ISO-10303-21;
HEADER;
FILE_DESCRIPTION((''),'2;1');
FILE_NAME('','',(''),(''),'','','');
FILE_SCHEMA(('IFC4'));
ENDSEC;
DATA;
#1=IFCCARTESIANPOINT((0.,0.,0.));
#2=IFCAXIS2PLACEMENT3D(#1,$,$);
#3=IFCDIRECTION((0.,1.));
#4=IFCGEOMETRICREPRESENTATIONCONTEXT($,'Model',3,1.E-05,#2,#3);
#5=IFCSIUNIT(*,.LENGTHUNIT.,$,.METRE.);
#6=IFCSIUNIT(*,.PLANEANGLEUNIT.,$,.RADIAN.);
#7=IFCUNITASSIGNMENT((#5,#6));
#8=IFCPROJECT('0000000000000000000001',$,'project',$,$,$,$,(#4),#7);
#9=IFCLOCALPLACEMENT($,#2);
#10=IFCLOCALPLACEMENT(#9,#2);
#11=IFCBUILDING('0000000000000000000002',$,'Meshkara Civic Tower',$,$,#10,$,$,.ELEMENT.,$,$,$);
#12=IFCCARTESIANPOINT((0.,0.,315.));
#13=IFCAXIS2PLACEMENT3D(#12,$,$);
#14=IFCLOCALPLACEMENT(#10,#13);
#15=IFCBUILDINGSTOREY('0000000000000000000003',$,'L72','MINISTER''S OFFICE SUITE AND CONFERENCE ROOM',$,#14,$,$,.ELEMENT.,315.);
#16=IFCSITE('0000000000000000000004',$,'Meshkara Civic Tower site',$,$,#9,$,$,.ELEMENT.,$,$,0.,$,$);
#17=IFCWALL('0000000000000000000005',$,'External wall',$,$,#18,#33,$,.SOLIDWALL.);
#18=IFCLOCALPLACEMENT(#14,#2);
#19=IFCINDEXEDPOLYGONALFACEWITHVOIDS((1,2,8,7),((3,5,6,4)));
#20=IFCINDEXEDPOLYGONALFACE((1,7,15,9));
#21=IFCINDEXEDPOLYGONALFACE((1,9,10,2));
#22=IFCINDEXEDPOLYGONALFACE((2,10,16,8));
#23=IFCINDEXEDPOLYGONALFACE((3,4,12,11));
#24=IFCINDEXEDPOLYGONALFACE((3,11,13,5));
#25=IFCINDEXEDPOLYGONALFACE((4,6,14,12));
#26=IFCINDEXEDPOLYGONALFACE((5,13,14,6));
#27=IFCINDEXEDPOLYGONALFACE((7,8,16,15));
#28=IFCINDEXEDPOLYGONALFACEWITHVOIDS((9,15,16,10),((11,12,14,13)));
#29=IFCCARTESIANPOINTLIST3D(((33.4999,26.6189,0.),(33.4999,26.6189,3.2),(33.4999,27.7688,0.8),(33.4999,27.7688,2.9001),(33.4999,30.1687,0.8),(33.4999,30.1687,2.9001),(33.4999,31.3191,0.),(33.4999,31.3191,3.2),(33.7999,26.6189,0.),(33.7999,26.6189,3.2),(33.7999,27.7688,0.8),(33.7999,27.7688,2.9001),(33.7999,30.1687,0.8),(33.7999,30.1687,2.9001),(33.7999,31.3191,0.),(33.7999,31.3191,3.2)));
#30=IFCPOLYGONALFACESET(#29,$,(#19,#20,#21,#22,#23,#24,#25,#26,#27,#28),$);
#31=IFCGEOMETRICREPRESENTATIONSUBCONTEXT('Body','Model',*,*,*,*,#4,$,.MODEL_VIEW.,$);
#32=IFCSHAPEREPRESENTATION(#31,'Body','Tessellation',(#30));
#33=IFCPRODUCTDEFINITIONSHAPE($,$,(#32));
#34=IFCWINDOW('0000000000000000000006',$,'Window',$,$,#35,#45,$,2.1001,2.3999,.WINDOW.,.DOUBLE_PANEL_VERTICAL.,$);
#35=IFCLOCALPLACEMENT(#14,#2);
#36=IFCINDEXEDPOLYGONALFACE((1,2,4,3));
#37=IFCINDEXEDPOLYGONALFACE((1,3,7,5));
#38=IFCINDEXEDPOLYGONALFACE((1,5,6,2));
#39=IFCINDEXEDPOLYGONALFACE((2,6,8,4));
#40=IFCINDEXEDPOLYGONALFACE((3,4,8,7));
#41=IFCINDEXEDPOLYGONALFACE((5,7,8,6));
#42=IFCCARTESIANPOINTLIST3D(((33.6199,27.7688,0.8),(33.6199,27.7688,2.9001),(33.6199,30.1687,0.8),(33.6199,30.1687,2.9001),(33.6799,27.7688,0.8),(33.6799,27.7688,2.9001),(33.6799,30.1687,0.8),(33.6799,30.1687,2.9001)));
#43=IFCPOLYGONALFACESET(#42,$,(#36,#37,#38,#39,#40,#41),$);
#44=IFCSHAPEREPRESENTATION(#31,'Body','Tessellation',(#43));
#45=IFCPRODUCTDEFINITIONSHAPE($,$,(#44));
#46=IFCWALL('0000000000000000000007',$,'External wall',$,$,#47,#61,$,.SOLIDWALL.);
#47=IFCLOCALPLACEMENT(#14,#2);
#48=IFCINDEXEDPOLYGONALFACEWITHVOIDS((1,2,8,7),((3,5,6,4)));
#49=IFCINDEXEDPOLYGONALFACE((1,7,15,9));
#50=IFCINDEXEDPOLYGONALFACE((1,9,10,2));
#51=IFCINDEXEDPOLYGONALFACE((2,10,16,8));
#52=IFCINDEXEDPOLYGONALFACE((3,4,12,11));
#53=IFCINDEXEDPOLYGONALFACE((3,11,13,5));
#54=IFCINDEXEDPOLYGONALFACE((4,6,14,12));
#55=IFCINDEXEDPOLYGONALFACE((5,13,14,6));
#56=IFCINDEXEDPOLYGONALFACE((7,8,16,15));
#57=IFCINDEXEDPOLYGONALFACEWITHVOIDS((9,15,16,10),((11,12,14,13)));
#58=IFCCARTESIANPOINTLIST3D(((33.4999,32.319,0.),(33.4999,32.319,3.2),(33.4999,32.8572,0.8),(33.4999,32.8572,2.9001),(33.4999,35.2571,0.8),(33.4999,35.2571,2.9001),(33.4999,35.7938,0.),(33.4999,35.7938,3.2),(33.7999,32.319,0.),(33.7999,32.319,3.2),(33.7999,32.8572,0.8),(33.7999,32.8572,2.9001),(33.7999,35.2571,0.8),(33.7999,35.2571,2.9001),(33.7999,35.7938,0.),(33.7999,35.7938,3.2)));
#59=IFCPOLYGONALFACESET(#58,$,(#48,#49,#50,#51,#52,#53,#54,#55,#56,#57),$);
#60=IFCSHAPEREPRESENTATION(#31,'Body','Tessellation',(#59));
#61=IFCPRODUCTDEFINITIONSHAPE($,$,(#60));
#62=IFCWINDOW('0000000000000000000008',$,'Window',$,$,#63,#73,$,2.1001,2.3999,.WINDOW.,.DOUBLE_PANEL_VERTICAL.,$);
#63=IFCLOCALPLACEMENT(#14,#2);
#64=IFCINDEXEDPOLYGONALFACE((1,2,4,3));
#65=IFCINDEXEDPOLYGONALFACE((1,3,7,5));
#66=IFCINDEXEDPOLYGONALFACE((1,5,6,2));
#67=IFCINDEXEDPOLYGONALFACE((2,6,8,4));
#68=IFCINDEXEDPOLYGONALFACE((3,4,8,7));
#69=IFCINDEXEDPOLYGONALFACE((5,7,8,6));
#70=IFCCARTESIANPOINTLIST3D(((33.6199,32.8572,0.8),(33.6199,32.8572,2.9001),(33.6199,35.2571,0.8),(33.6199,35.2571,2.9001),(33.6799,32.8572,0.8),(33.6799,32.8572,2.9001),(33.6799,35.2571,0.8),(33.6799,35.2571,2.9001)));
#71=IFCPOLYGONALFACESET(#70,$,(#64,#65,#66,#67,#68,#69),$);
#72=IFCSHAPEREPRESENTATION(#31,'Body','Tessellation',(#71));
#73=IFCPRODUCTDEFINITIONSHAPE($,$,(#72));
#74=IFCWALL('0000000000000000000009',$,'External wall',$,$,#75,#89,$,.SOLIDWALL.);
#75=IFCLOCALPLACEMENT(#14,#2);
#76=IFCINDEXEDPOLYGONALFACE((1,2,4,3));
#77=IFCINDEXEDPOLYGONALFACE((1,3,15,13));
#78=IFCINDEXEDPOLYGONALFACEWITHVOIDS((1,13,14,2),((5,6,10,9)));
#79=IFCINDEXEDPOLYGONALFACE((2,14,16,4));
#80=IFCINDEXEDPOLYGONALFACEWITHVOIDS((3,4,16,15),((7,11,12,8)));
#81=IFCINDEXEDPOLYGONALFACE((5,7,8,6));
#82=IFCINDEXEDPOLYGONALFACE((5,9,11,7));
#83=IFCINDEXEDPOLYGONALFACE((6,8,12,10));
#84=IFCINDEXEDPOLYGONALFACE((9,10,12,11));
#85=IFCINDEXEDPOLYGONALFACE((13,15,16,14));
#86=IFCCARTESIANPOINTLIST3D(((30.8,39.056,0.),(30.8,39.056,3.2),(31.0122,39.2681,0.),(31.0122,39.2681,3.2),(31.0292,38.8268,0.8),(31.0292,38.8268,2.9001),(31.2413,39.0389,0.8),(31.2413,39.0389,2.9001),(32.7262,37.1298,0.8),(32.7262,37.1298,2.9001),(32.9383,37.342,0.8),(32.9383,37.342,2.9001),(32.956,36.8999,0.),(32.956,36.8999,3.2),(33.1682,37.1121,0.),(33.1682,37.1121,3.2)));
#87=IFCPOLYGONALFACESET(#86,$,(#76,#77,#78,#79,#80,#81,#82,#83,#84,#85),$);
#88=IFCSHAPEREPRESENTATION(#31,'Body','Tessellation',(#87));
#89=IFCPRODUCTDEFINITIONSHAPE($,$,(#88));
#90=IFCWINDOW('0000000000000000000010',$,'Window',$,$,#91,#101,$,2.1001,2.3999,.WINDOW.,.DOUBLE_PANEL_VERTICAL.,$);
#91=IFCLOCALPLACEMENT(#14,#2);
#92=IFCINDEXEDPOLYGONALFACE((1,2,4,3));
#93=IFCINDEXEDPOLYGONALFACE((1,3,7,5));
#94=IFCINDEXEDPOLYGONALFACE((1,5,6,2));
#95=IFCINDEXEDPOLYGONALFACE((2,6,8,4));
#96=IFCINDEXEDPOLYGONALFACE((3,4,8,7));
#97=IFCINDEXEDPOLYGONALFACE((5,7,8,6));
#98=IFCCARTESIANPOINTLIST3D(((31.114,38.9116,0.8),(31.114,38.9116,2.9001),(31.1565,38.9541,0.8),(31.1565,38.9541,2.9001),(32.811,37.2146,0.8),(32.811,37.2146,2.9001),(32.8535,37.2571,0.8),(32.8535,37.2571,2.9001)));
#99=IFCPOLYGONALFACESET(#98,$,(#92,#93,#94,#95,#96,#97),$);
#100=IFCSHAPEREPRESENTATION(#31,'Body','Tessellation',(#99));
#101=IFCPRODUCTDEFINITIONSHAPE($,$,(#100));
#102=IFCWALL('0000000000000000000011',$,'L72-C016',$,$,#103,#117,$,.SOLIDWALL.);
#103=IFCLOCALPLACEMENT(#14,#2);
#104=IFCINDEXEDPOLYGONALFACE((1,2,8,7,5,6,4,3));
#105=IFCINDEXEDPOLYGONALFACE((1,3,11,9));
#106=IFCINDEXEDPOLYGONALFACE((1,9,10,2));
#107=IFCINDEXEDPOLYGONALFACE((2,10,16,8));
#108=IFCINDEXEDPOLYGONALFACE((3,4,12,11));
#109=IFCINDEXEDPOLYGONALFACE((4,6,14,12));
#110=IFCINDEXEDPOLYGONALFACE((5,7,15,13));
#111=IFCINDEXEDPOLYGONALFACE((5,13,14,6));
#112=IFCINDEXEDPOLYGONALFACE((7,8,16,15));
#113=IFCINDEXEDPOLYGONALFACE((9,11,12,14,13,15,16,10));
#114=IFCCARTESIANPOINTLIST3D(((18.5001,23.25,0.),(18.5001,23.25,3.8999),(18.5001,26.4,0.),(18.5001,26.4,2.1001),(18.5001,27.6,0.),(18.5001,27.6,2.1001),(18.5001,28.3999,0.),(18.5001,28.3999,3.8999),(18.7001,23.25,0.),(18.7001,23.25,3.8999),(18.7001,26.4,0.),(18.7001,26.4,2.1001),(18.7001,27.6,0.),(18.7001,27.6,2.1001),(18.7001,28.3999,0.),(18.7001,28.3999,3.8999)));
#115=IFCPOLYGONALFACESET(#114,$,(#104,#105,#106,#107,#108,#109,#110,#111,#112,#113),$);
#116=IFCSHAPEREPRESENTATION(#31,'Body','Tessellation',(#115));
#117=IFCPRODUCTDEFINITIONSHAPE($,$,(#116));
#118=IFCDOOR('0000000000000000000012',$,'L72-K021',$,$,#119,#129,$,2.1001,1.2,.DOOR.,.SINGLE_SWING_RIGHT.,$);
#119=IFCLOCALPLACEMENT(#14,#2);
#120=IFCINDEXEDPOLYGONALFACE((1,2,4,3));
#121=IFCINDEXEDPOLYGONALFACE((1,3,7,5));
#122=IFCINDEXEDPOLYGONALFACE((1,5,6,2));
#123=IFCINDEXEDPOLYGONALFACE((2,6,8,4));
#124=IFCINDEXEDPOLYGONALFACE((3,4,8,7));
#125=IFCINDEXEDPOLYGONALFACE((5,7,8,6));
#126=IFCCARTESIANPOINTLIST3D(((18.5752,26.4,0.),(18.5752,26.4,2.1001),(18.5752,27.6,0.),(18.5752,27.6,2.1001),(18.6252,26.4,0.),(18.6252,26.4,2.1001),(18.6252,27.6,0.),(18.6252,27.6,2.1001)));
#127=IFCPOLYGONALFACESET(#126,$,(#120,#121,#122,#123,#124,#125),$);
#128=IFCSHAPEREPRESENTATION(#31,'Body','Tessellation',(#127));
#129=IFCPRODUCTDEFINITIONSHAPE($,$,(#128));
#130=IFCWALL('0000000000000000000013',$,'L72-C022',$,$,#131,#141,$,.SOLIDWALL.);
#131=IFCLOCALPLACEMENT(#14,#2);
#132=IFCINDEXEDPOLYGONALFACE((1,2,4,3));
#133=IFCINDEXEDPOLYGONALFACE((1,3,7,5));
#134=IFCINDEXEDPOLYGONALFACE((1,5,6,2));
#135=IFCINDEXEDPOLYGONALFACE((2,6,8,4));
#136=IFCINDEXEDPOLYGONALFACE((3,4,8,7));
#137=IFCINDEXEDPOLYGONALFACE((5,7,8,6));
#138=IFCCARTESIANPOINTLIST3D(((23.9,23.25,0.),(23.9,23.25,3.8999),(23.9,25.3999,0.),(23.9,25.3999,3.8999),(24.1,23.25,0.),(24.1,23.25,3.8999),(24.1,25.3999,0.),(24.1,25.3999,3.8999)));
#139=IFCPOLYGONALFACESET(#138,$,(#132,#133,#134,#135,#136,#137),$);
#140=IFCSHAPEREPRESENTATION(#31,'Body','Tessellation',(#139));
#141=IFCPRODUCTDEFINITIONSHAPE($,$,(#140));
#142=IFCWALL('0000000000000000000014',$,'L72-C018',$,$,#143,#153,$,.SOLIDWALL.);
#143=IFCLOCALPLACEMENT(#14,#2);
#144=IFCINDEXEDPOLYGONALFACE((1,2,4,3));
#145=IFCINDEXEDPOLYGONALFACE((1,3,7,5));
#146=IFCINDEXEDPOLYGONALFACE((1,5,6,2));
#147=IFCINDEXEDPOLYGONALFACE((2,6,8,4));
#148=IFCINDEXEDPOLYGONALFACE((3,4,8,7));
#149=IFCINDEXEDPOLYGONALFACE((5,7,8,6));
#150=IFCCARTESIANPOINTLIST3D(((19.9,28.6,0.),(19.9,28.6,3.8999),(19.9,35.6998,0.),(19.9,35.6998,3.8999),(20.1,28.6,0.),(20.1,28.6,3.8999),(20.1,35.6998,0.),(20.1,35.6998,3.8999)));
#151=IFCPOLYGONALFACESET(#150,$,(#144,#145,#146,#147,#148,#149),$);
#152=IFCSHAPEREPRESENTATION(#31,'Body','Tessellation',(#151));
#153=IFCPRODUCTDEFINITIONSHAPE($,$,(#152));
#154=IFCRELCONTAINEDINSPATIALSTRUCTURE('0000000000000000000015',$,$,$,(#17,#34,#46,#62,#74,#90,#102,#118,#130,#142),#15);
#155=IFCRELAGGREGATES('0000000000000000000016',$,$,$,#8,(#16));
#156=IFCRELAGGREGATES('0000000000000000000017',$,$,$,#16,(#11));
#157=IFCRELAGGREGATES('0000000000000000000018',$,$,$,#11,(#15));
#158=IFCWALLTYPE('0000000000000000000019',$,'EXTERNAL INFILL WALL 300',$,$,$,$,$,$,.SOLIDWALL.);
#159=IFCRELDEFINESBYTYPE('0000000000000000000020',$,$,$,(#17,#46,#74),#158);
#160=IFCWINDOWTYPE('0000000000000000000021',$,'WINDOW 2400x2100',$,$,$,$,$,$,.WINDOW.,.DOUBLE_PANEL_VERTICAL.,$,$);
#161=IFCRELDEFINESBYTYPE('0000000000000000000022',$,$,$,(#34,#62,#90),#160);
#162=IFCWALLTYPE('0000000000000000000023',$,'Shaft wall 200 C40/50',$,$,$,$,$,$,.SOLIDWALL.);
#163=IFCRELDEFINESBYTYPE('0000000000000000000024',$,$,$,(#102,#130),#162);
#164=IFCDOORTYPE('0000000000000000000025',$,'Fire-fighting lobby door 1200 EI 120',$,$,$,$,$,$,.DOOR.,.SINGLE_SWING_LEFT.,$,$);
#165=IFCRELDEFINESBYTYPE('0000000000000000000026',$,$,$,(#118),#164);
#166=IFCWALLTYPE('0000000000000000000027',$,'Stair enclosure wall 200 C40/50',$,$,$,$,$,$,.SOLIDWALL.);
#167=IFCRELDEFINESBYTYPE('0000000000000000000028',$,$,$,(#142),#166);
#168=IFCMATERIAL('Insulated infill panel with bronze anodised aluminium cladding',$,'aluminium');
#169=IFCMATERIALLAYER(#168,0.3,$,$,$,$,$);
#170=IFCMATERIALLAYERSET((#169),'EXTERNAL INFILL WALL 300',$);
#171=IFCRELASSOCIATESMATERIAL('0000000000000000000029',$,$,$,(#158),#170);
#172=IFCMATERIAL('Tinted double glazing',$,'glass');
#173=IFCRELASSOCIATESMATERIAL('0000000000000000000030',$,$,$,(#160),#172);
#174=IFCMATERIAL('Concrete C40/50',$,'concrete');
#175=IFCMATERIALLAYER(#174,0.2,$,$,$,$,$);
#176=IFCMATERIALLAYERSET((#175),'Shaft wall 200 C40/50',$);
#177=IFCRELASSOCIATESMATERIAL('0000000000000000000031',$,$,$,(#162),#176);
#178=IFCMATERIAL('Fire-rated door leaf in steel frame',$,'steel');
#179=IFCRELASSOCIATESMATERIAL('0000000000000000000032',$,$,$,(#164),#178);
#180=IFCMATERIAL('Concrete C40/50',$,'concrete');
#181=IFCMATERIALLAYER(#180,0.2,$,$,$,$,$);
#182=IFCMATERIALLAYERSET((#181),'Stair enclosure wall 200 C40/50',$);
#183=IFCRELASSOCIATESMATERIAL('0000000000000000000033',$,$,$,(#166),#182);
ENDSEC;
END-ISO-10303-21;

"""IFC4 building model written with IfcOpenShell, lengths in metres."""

from ifc_helpers import new_model, si_unit, direction, frame, frame_2d, origin, place, context, subcontext, project, spatial, rectangle, extrude, material, layer, layer_set, type_object, element, fill, save


model = new_model("IFC4")

# Units and contexts
model_context = context("Model", 3, precision=1e-05, world=origin(), true_north=direction((0.0, 1.0)))
body_context = subcontext(model_context, "Body", "Model", "MODEL_VIEW")
ifc_project = project(units=[si_unit("LENGTHUNIT", "METRE"), si_unit("PLANEANGLEUNIT", "RADIAN")], contexts=[model_context])

# Site, building, storey
site_placement = place(None, origin())
site = spatial("IfcSite", under=ifc_project, at=site_placement, Name="Meshkara Civic Tower site", CompositionType="ELEMENT", RefElevation=0.0)
building_placement = place(site_placement, origin())
building = spatial("IfcBuilding", under=site, at=building_placement, Name="Meshkara Civic Tower", CompositionType="ELEMENT")
storey_placement = place(building_placement, frame((0.0, 0.0, 315.0)))
storey = spatial("IfcBuildingStorey", under=building, at=storey_placement, Name="L72", Description="MINISTER'S OFFICE SUITE AND CONFERENCE ROOM", CompositionType="ELEMENT", Elevation=315.0)

# Walls, openings, windows
ifc_material_1 = material(Name="Insulated infill panel with bronze anodised aluminium cladding", Category="aluminium")
ifc_layer_1 = layer(ifc_material_1, 0.3)
ifc_layer_set_1 = layer_set([ifc_layer_1], Name="EXTERNAL INFILL WALL 300")
wall_type_1 = type_object("IfcWallType", Name="EXTERNAL INFILL WALL 300", PredefinedType="SOLIDWALL", material=ifc_layer_set_1)
wall_1_placement = place(storey_placement, frame((33.6499, 26.6189, 0.0), z_axis=(0.0, 0.0, 1.0), x_axis=(0.0, 1.0, 0.0)))
wall_1 = element("IfcWall", 1, at=wall_1_placement, inside=storey, type_object=wall_type_1, Name="External wall", PredefinedType="SOLIDWALL", context=body_context, shape_type="SweptSolid", body=[
    extrude(rectangle(XDim=4.7002, YDim=0.3, at=frame_2d((2.3501, 0.0))), origin(), (0.0, 0.0, 1.0), 3.2),
])
opening_1_placement = place(wall_1_placement, frame((1.1499, 0.0, 0.8)))
opening_1 = element("IfcOpeningElement", 2, at=opening_1_placement, cuts=wall_1, PredefinedType="OPENING", context=body_context, shape_type="SweptSolid", body=[
    extrude(rectangle(XDim=2.3999, YDim=2.1001, at=frame_2d((1.2, 1.05))), frame((0.0, 0.1599, 0.0), z_axis=(0.0, -1.0, 0.0), x_axis=(1.0, 0.0, 0.0)), (0.0, 0.0, 1.0), 0.3201),
])
ifc_material_2 = material(Name="Tinted double glazing", Category="glass")
window_type = type_object("IfcWindowType", Name="WINDOW 2400x2100", PartitioningType="DOUBLE_PANEL_VERTICAL", PredefinedType="WINDOW", material=ifc_material_2)
window_1_placement = place(opening_1_placement, origin())
window_1 = element("IfcWindow", 3, at=window_1_placement, inside=storey, type_object=window_type, Name="Window", OverallHeight=2.1001, OverallWidth=2.3999, PartitioningType="DOUBLE_PANEL_VERTICAL", PredefinedType="WINDOW", context=body_context, shape_type="SweptSolid", body=[
    extrude(rectangle(XDim=2.3999, YDim=2.1001, at=frame_2d((1.2, 1.05))), frame((0.0, 0.03, 0.0), z_axis=(0.0, -1.0, 0.0), x_axis=(1.0, 0.0, 0.0)), (0.0, 0.0, 1.0), 0.0601),
])
fill(opening_1, window_1)
wall_2_placement = place(storey_placement, frame((33.6499, 32.3191, 0.0), z_axis=(0.0, 0.0, 1.0), x_axis=(0.0, 1.0, 0.0)))
wall_2 = element("IfcWall", 4, at=wall_2_placement, inside=storey, type_object=wall_type_1, Name="External wall", PredefinedType="SOLIDWALL", context=body_context, shape_type="SweptSolid", body=[
    extrude(rectangle(XDim=3.4749, YDim=0.3, at=frame_2d((1.7373, 0.0))), origin(), (0.0, 0.0, 1.0), 3.2),
])
opening_2_placement = place(wall_2_placement, frame((0.5381, 0.0, 0.8)))
opening_2 = element("IfcOpeningElement", 5, at=opening_2_placement, cuts=wall_2, PredefinedType="OPENING", context=body_context, shape_type="SweptSolid", body=[
    extrude(rectangle(XDim=2.3999, YDim=2.1001, at=frame_2d((1.2, 1.05))), frame((0.0, 0.1599, 0.0), z_axis=(0.0, -1.0, 0.0), x_axis=(1.0, 0.0, 0.0)), (0.0, 0.0, 1.0), 0.3201),
])
window_2_placement = place(opening_2_placement, origin())
window_2 = element("IfcWindow", 6, at=window_2_placement, inside=storey, type_object=window_type, Name="Window", OverallHeight=2.1001, OverallWidth=2.3999, PartitioningType="DOUBLE_PANEL_VERTICAL", PredefinedType="WINDOW", context=body_context, shape_type="SweptSolid", body=[
    extrude(rectangle(XDim=2.3999, YDim=2.1001, at=frame_2d((1.2, 1.05))), frame((0.0, 0.03, 0.0), z_axis=(0.0, -1.0, 0.0), x_axis=(1.0, 0.0, 0.0)), (0.0, 0.0, 1.0), 0.0601),
])
fill(opening_2, window_2)
wall_3_placement = place(storey_placement, frame((33.062, 37.0061, 0.0), z_axis=(0.0, 0.0, 1.0), x_axis=(-0.707107, 0.707107, 0.0)))
wall_3 = element("IfcWall", 7, at=wall_3_placement, inside=storey, type_object=wall_type_1, Name="External wall", PredefinedType="SOLIDWALL", context=body_context, shape_type="SweptSolid", body=[
    extrude(rectangle(XDim=3.0491, YDim=0.3, at=frame_2d((1.5244, 0.0))), origin(), (0.0, 0.0, 1.0), 3.2),
])
opening_3_placement = place(wall_3_placement, frame((0.325, 0.0, 0.8)))
opening_3 = element("IfcOpeningElement", 8, at=opening_3_placement, cuts=wall_3, PredefinedType="OPENING", context=body_context, shape_type="SweptSolid", body=[
    extrude(rectangle(XDim=2.3999, YDim=2.1001, at=frame_2d((1.2, 1.05))), frame((0.0, 0.1599, 0.0), z_axis=(0.0, -1.0, 0.0), x_axis=(1.0, 0.0, 0.0)), (0.0, 0.0, 1.0), 0.3201),
])
window_3_placement = place(opening_3_placement, origin())
window_3 = element("IfcWindow", 9, at=window_3_placement, inside=storey, type_object=window_type, Name="Window", OverallHeight=2.1001, OverallWidth=2.3999, PartitioningType="DOUBLE_PANEL_VERTICAL", PredefinedType="WINDOW", context=body_context, shape_type="SweptSolid", body=[
    extrude(rectangle(XDim=2.3999, YDim=2.1001, at=frame_2d((1.2, 1.05))), frame((0.0, 0.03, 0.0), z_axis=(0.0, -1.0, 0.0), x_axis=(1.0, 0.0, 0.0)), (0.0, 0.0, 1.0), 0.0601),
])
fill(opening_3, window_3)

# Wall, opening, door
ifc_material_3 = material(Name="Concrete C40/50", Category="concrete")
ifc_layer_2 = layer(ifc_material_3, 0.2)
ifc_layer_set_2 = layer_set([ifc_layer_2], Name="Shaft wall 200 C40/50")
wall_type_2 = type_object("IfcWallType", Name="Shaft wall 200 C40/50", PredefinedType="SOLIDWALL", material=ifc_layer_set_2)
wall_4_placement = place(storey_placement, frame((18.6001, 23.25, 0.0), z_axis=(0.0, 0.0, 1.0), x_axis=(0.0, 1.0, 0.0)))
wall_4 = element("IfcWall", 10, at=wall_4_placement, inside=storey, type_object=wall_type_2, Name="L72-C016", PredefinedType="SOLIDWALL", context=body_context, shape_type="SweptSolid", body=[
    extrude(rectangle(XDim=5.1499, YDim=0.2, at=frame_2d((2.575, 0.0))), origin(), (0.0, 0.0, 1.0), 3.8999),
])
opening_4_placement = place(wall_4_placement, frame((3.1499, 0.0, 0.0)))
opening_4 = element("IfcOpeningElement", 11, at=opening_4_placement, cuts=wall_4, PredefinedType="OPENING", context=body_context, shape_type="SweptSolid", body=[
    extrude(rectangle(XDim=1.2, YDim=2.1001, at=frame_2d((0.6001, 1.05))), frame((0.0, 0.1099, 0.0), z_axis=(0.0, -1.0, 0.0), x_axis=(1.0, 0.0, 0.0)), (0.0, 0.0, 1.0), 0.22),
])
ifc_material_4 = material(Name="Fire-rated door leaf in steel frame", Category="steel")
door_type_1 = type_object("IfcDoorType", Name="Fire-fighting lobby door 1200 EI 120", OperationType="SINGLE_SWING_LEFT", PredefinedType="DOOR", material=ifc_material_4)
door_1_placement = place(opening_4_placement, origin())
door_1 = element("IfcDoor", 12, at=door_1_placement, inside=storey, type_object=door_type_1, Name="L72-K021", OperationType="SINGLE_SWING_RIGHT", OverallHeight=2.1001, OverallWidth=1.2, PredefinedType="DOOR", context=body_context, shape_type="SweptSolid", body=[
    extrude(rectangle(XDim=1.2, YDim=2.1001, at=frame_2d((0.6001, 1.05))), frame((0.0, 0.0249, 0.0), z_axis=(0.0, -1.0, 0.0), x_axis=(1.0, 0.0, 0.0)), (0.0, 0.0, 1.0), 0.05),
])
fill(opening_4, door_1)

# Walls
wall_5_placement = place(storey_placement, frame((24.0, 23.25, 0.0), z_axis=(0.0, 0.0, 1.0), x_axis=(0.0, 1.0, 0.0)))
element("IfcWall", 13, at=wall_5_placement, inside=storey, type_object=wall_type_2, Name="L72-C022", PredefinedType="SOLIDWALL", context=body_context, shape_type="SweptSolid", body=[
    extrude(rectangle(XDim=2.1499, YDim=0.2, at=frame_2d((1.075, 0.0))), origin(), (0.0, 0.0, 1.0), 3.8999),
])
ifc_material_5 = material(Name="Concrete C40/50", Category="concrete")
ifc_layer_3 = layer(ifc_material_5, 0.2)
ifc_layer_set_3 = layer_set([ifc_layer_3], Name="Stair enclosure wall 200 C40/50")
wall_type_3 = type_object("IfcWallType", Name="Stair enclosure wall 200 C40/50", PredefinedType="SOLIDWALL", material=ifc_layer_set_3)
wall_6_placement = place(storey_placement, frame((20.0, 28.6001, 0.0), z_axis=(0.0, 0.0, 1.0), x_axis=(0.0, 1.0, 0.0)))
element("IfcWall", 14, at=wall_6_placement, inside=storey, type_object=wall_type_3, Name="L72-C018", PredefinedType="SOLIDWALL", context=body_context, shape_type="SweptSolid", body=[
    extrude(rectangle(XDim=7.0999, YDim=0.2, at=frame_2d((3.5498, 0.0))), origin(), (0.0, 0.0, 1.0), 3.8999),
])

save(model, "model.ifc")
